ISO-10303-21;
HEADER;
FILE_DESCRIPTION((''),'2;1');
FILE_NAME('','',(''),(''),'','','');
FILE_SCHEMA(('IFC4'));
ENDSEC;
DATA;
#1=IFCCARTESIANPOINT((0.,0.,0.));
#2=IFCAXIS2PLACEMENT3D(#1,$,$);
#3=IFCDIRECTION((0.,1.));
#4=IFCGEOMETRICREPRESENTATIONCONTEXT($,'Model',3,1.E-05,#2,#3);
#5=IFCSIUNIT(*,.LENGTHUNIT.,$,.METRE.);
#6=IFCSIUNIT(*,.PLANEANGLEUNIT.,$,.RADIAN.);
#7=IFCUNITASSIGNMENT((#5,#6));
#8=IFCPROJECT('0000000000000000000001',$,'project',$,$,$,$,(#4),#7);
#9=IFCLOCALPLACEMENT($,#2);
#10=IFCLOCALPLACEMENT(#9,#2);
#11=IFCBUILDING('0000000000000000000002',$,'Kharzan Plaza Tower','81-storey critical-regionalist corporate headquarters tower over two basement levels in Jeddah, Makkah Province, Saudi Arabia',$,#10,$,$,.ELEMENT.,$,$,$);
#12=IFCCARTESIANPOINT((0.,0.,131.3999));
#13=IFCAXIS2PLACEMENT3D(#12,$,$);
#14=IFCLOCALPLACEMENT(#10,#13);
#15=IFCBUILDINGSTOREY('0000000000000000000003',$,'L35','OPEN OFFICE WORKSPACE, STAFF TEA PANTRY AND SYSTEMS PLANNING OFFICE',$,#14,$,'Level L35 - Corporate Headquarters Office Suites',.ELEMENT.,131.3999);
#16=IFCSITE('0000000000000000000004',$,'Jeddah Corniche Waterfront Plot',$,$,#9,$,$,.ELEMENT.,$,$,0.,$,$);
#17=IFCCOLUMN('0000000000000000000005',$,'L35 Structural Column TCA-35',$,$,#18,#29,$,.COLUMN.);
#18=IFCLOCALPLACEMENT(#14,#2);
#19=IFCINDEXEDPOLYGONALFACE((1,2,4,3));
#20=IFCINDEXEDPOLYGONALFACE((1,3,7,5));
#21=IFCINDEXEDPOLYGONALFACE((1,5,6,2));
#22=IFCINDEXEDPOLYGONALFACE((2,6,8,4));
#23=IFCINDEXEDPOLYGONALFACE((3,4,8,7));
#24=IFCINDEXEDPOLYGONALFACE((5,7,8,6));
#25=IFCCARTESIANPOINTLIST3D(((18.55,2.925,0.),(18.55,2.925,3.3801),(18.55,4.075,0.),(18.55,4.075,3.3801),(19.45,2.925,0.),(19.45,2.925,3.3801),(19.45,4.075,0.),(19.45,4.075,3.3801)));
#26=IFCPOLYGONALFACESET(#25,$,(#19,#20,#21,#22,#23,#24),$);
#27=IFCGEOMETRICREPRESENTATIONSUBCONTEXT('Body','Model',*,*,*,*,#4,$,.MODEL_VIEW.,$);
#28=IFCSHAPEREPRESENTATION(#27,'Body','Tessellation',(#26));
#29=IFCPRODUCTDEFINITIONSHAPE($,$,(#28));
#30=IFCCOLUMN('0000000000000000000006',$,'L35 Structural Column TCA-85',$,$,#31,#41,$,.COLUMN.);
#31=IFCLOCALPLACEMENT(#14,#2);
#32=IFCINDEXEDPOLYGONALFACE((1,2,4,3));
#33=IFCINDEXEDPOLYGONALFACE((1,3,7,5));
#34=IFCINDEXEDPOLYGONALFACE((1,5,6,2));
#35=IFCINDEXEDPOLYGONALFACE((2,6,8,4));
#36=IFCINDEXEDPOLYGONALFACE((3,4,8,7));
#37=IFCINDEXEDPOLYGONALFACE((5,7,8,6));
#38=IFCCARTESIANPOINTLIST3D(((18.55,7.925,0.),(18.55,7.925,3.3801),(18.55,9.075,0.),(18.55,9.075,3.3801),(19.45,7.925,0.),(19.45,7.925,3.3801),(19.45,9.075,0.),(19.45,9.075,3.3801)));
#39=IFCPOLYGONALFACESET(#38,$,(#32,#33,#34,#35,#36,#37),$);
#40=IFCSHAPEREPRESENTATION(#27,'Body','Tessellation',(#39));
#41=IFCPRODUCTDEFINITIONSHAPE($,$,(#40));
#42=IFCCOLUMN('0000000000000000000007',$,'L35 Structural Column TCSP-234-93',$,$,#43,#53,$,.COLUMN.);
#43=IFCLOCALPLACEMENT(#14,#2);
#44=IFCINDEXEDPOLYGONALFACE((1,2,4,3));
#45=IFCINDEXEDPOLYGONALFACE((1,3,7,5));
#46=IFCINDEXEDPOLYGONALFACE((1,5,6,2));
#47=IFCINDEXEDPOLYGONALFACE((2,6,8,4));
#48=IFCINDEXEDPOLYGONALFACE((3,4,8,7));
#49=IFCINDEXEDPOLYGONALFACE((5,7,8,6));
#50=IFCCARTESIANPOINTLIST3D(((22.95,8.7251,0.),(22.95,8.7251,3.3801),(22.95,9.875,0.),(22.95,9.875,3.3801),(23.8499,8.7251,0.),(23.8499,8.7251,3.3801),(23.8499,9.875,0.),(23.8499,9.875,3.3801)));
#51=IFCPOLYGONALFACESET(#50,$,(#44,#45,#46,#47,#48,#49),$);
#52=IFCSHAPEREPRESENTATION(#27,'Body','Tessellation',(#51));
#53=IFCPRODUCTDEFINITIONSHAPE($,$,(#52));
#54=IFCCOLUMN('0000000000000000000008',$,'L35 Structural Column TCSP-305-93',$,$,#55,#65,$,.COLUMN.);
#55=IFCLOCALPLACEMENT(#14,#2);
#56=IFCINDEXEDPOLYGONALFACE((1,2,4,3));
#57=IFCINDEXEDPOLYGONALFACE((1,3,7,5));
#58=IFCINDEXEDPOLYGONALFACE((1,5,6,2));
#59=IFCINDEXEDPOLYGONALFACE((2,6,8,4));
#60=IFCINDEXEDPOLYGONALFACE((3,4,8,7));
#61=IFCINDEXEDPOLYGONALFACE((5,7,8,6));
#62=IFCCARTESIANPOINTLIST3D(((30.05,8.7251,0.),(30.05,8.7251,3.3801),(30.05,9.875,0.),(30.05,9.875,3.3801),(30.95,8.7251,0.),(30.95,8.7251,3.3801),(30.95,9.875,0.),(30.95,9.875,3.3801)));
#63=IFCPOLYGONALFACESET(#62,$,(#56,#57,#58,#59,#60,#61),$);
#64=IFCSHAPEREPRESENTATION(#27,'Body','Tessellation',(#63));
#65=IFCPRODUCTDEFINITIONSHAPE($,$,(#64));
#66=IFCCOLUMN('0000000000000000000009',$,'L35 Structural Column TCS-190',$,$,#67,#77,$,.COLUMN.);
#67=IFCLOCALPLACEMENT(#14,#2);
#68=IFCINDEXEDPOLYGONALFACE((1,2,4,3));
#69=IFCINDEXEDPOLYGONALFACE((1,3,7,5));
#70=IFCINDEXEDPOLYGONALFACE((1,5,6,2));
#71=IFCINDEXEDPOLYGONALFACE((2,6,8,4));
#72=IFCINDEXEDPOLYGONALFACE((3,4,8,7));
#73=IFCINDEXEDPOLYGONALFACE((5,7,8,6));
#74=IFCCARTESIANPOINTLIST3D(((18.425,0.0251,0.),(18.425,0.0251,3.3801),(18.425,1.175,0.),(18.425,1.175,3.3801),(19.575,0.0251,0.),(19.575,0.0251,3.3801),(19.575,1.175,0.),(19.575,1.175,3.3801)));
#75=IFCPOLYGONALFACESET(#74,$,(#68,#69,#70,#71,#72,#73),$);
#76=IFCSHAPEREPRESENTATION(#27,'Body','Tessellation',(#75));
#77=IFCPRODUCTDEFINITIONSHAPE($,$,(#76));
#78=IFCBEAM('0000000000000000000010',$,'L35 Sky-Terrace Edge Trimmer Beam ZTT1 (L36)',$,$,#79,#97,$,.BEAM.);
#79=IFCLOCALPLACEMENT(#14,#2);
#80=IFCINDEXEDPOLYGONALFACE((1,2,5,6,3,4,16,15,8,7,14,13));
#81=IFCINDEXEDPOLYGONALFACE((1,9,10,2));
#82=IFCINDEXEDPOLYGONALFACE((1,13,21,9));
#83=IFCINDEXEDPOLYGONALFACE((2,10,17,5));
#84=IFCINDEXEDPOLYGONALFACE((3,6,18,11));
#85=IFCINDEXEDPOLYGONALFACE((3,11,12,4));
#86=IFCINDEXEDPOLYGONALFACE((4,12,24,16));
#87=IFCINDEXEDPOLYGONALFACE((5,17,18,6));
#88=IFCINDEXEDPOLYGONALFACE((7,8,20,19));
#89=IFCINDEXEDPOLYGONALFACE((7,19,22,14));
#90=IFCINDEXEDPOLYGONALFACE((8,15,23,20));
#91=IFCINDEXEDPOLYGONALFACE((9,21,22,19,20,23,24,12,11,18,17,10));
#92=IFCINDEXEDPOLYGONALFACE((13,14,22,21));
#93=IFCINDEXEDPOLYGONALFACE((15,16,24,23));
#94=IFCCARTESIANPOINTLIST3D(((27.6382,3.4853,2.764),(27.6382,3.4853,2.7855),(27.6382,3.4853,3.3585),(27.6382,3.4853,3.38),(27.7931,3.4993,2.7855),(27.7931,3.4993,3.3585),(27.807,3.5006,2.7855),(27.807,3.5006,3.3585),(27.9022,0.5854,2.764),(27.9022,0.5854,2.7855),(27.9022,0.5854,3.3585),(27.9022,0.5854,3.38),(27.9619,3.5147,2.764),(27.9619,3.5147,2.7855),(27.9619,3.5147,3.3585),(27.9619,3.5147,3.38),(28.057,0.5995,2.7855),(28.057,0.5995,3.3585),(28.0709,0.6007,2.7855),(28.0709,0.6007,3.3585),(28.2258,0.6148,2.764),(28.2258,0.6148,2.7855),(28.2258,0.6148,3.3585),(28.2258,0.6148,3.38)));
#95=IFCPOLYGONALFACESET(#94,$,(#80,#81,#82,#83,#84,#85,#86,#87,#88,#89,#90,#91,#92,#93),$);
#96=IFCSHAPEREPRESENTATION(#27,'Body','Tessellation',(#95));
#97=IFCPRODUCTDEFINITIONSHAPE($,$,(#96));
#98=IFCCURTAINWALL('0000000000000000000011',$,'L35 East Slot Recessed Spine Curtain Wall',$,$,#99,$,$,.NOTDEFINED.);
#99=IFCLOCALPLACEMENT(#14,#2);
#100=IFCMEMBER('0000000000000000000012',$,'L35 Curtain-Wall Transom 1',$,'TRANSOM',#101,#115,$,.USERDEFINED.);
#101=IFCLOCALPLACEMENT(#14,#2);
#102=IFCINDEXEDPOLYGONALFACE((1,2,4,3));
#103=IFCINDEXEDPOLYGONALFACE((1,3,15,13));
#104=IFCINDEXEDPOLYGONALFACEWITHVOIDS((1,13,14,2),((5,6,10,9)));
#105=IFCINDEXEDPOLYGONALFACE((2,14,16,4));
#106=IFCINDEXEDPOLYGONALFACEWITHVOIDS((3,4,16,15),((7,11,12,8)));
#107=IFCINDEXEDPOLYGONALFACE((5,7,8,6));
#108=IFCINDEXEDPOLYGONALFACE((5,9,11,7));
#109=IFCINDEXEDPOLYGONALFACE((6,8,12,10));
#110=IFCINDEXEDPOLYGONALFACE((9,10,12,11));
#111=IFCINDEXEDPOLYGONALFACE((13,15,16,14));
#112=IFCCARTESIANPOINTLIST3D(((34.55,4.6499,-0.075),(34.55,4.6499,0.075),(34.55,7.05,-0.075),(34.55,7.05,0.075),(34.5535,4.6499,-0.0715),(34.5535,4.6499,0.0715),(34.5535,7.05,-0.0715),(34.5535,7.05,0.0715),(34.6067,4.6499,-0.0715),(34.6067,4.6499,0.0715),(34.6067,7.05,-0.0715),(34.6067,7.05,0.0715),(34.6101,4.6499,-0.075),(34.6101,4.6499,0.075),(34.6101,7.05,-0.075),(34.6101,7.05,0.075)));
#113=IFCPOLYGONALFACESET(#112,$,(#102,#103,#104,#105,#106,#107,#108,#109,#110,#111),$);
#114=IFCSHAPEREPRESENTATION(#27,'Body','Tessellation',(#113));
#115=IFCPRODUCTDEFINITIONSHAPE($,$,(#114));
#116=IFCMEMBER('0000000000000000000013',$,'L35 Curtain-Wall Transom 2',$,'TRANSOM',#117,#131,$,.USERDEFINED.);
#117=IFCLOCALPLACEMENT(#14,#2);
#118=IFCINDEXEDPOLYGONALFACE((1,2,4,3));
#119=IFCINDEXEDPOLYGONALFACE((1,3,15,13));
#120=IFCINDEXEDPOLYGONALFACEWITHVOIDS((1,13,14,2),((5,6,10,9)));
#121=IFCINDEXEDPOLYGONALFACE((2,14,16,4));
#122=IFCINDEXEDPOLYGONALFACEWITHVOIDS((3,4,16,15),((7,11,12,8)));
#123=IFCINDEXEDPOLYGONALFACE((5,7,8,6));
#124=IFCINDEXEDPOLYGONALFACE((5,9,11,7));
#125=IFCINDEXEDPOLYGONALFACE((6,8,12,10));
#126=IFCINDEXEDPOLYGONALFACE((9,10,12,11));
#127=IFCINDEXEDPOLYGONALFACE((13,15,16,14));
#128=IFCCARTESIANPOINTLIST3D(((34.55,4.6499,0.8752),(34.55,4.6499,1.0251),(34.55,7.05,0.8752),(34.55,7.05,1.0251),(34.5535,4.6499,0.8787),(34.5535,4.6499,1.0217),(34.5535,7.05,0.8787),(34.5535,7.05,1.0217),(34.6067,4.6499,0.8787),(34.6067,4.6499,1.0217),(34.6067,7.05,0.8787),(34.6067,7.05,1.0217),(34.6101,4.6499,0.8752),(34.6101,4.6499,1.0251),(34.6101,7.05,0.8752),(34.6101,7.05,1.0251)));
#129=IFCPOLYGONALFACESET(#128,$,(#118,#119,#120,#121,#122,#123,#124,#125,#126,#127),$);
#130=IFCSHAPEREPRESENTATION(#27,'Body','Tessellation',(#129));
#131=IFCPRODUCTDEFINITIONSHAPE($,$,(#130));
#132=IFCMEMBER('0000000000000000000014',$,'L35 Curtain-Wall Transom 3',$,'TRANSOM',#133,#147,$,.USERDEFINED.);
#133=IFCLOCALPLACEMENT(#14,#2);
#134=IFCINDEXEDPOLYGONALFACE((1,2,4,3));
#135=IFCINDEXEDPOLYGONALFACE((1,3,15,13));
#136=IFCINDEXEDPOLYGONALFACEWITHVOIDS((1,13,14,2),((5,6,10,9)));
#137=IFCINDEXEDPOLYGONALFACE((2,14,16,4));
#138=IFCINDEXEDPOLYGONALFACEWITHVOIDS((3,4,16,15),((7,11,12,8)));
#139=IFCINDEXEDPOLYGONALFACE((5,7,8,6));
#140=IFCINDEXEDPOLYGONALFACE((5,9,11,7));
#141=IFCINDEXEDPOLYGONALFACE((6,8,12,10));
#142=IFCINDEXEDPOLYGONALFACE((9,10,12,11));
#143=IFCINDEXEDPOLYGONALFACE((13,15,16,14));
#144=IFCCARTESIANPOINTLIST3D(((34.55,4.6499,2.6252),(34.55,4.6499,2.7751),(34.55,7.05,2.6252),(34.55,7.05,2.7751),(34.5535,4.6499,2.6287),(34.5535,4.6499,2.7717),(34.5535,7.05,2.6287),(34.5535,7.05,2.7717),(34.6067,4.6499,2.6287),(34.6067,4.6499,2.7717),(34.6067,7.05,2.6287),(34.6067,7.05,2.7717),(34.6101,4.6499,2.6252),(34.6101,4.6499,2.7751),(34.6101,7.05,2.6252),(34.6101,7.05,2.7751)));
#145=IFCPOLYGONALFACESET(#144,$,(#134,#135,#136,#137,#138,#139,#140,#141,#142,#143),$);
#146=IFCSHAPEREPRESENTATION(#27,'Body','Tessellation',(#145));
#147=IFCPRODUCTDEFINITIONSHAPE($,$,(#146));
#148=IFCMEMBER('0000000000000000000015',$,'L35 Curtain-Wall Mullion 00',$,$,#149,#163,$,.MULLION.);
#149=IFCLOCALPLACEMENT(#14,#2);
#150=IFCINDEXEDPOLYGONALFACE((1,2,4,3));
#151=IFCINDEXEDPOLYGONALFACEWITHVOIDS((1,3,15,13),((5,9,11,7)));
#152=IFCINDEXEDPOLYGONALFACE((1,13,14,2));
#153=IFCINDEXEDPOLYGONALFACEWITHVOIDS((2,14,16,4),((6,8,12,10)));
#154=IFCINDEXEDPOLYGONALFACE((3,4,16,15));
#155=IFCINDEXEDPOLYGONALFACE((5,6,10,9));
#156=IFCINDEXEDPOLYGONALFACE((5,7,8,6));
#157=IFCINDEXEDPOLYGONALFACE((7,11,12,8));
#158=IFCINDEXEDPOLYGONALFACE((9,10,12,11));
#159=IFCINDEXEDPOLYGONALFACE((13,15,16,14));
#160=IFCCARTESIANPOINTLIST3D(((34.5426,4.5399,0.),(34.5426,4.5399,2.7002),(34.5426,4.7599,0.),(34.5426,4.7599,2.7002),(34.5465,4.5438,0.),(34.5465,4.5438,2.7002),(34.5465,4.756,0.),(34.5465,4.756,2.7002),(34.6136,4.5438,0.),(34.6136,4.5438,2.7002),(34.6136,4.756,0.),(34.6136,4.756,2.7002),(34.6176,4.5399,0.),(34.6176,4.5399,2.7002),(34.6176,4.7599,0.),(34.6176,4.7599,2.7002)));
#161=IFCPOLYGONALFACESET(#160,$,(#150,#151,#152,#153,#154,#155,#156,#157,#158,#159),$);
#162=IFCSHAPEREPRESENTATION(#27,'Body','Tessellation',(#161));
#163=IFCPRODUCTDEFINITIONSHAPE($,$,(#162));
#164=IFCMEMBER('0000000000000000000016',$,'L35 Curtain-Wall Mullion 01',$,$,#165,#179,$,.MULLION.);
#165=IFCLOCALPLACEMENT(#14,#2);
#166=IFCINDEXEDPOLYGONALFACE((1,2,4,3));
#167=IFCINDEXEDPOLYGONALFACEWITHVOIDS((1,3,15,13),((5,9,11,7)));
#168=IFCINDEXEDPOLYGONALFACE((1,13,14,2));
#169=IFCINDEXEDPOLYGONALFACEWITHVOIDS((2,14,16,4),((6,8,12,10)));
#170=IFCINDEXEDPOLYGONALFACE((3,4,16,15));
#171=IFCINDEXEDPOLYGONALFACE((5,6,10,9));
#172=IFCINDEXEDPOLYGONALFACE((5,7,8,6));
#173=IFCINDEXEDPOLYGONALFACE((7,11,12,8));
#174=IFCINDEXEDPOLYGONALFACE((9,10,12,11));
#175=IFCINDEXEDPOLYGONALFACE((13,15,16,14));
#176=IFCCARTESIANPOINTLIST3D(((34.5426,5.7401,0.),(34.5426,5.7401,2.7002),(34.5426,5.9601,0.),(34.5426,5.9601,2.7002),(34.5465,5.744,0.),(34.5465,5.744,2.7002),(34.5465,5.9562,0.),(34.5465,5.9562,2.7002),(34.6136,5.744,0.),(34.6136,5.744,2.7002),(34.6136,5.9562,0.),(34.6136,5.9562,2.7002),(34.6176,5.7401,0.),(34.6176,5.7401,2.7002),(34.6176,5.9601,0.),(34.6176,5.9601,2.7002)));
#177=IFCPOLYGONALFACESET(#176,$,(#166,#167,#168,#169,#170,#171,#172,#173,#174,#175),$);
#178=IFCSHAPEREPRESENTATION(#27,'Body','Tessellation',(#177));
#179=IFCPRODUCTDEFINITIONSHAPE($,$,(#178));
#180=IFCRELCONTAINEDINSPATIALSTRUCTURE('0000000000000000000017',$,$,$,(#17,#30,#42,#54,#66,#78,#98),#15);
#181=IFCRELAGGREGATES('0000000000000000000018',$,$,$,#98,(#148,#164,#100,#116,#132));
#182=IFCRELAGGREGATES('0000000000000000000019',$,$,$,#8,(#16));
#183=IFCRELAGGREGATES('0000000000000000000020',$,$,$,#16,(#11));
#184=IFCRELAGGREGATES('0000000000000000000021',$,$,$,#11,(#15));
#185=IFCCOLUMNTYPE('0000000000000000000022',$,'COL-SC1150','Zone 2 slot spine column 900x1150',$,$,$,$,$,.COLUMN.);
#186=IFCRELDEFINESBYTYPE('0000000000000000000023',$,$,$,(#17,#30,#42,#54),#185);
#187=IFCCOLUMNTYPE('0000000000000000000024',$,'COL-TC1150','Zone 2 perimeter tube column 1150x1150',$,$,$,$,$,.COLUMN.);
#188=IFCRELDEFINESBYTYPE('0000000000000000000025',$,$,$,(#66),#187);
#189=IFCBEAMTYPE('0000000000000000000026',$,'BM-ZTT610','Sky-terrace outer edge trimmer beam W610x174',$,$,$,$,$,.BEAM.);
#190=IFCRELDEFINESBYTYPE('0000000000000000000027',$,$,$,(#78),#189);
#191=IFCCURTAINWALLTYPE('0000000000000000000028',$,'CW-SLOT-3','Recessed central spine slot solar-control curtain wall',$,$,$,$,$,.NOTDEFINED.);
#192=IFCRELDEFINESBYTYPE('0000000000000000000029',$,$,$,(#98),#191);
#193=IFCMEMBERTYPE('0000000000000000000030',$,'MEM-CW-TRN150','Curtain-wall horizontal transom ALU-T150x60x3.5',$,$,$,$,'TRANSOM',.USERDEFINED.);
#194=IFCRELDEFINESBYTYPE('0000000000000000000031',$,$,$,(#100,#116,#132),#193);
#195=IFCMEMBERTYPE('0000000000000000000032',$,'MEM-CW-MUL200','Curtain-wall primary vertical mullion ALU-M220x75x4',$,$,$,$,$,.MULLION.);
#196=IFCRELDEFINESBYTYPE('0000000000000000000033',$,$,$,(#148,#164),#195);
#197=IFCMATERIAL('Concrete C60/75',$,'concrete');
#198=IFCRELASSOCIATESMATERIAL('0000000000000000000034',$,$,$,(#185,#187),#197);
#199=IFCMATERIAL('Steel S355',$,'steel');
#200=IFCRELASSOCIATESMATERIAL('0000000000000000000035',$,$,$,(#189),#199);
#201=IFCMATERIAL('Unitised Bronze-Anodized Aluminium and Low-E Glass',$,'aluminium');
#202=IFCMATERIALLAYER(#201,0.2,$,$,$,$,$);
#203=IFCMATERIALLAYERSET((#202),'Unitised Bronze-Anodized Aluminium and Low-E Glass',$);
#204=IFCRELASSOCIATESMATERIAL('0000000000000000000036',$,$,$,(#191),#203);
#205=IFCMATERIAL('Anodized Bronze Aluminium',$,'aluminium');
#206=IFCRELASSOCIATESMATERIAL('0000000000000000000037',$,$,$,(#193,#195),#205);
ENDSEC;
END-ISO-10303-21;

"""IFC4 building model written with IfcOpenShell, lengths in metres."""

from ifc_helpers import new_model, si_unit, direction, frame, origin, origin_2d, place, context, subcontext, project, spatial, rectangle, hollow_rectangle, i_section, extrude, source, transform, mapped, material, layer, layer_set, material_profile, profile_set, type_object, element, aggregate, save


model = new_model("IFC4")

# Units and contexts
model_context = context("Model", 3, precision=1e-05, world=origin(), true_north=direction((0.0, 1.0)))
body_context = subcontext(model_context, "Body", "Model", "MODEL_VIEW")
ifc_project = project(units=[si_unit("LENGTHUNIT", "METRE"), si_unit("PLANEANGLEUNIT", "RADIAN")], contexts=[model_context])

# Site, building, storey
site_placement = place(None, origin())
site = spatial("IfcSite", under=ifc_project, at=site_placement, Name="Jeddah Corniche Waterfront Plot", CompositionType="ELEMENT", RefElevation=0.0)
building_placement = place(site_placement, origin())
building = spatial("IfcBuilding", under=site, at=building_placement, Name="Kharzan Plaza Tower", Description="81-storey critical-regionalist corporate headquarters tower over two basement levels in Jeddah, Makkah Province, Saudi Arabia", CompositionType="ELEMENT")
storey_placement = place(building_placement, frame((0.0, 0.0, 131.3999)))
storey = spatial("IfcBuildingStorey", under=building, at=storey_placement, Name="L35", Description="OPEN OFFICE WORKSPACE, STAFF TEA PANTRY AND SYSTEMS PLANNING OFFICE", LongName="Level L35 - Corporate Headquarters Office Suites", CompositionType="ELEMENT", Elevation=131.3999)

# Columns
ifc_material_1 = material(Name="Concrete C60/75", Category="concrete")
ifc_material_profile_1 = material_profile(ifc_material_1, rectangle(XDim=0.8999, YDim=1.1499, at=origin_2d()), Name="RC-SC1150x900")
ifc_profile_set_1 = profile_set([ifc_material_profile_1], Name="Concrete C60/75")
column_type_1 = type_object("IfcColumnType", Name="COL-SC1150", Description="Zone 2 slot spine column 900x1150", PredefinedType="COLUMN", material=ifc_profile_set_1)
shared_shape_1 = source(origin(), body_context, "Body", "SweptSolid", [
    extrude(rectangle(XDim=0.8999, YDim=1.1499, at=origin_2d()), origin(), (0.0, 0.0, 1.0), 3.3801),
])
for number, where, z_axis, x_axis, name in (
    (1, (19.0, 3.5, 0.0), (0.0, 0.0, 1.0), (1.0, 0.0, 0.0), "L35 Structural Column TCA-35"),
    (2, (19.0, 8.5, 0.0), (0.0, 0.0, 1.0), (1.0, 0.0, 0.0), "L35 Structural Column TCA-85"),
    (3, (23.3999, 9.3, 0.0), (0.0, 0.0, 1.0), (1.0, 0.0, 0.0), "L35 Structural Column TCSP-234-93"),
    (4, (30.5, 9.3, 0.0), (0.0, 0.0, 1.0), (1.0, 0.0, 0.0), "L35 Structural Column TCSP-305-93"),
):
    element("IfcColumn", number, at=place(storey_placement, frame(where, z_axis=z_axis, x_axis=x_axis)), inside=storey, type_object=column_type_1, Name=name, PredefinedType="COLUMN", context=body_context, shape_type="MappedRepresentation", body=[
        mapped(shared_shape_1, transform((0.0, 0.0, 0.0), x_axis=(1.0, 0.0, 0.0), y_axis=(0.0, 1.0, 0.0), z_axis=(0.0, 0.0, 1.0))),
    ])
ifc_material_profile_2 = material_profile(ifc_material_1, rectangle(XDim=1.1499, YDim=1.1499, at=origin_2d()), Name="RC-TC1150x1150")
ifc_profile_set_2 = profile_set([ifc_material_profile_2], Name="Concrete C60/75")
column_type_2 = type_object("IfcColumnType", Name="COL-TC1150", Description="Zone 2 perimeter tube column 1150x1150", PredefinedType="COLUMN", material=ifc_profile_set_2)
shared_shape_2 = source(origin(), body_context, "Body", "SweptSolid", [
    extrude(rectangle(XDim=1.1499, YDim=1.1499, at=origin_2d()), origin(), (0.0, 0.0, 1.0), 3.3801),
])
column_placement = place(storey_placement, frame((19.0, 0.6001, 0.0), z_axis=(0.0, 0.0, 1.0), x_axis=(1.0, 0.0, 0.0)))
element("IfcColumn", 5, at=column_placement, inside=storey, type_object=column_type_2, Name="L35 Structural Column TCS-190", PredefinedType="COLUMN", context=body_context, shape_type="MappedRepresentation", body=[
    mapped(shared_shape_2, transform((0.0, 0.0, 0.0), x_axis=(1.0, 0.0, 0.0), y_axis=(0.0, 1.0, 0.0), z_axis=(0.0, 0.0, 1.0))),
])

# Beam
ifc_material_2 = material(Name="Steel S355", Category="steel")
ifc_material_profile_3 = material_profile(ifc_material_2, i_section(OverallWidth=0.325, OverallDepth=0.616, WebThickness=0.0139, FlangeThickness=0.0215, at=origin_2d()), Name="W610x174")
ifc_profile_set_3 = profile_set([ifc_material_profile_3], Name="Steel S355")
beam_type_1 = type_object("IfcBeamType", Name="BM-ZTT610", Description="Sky-terrace outer edge trimmer beam W610x174", PredefinedType="BEAM", material=ifc_profile_set_3)
shared_shape_3 = source(origin(), body_context, "Body", "SweptSolid", [
    extrude(i_section(OverallWidth=0.325, OverallDepth=0.616, WebThickness=0.0139, FlangeThickness=0.0215, at=origin_2d()), origin(), (0.0, 0.0, 1.0), 2.9119),
])
beam_1_placement = place(storey_placement, frame((28.064, 0.6001, 3.072), z_axis=(-0.090634, 0.995884, 0.0), x_axis=(-0.995884, -0.090634, 0.0)))
element("IfcBeam", 6, at=beam_1_placement, inside=storey, type_object=beam_type_1, Name="L35 Sky-Terrace Edge Trimmer Beam ZTT1 (L36)", PredefinedType="BEAM", context=body_context, shape_type="MappedRepresentation", body=[
    mapped(shared_shape_3, transform((0.0, 0.0, 0.0), x_axis=(1.0, 0.0, 0.0), y_axis=(0.0, 1.0, 0.0), z_axis=(0.0, 0.0, 1.0))),
])

# Curtain wall, members
ifc_material_3 = material(Name="Unitised Bronze-Anodized Aluminium and Low-E Glass", Category="aluminium")
ifc_layer_1 = layer(ifc_material_3, 0.2)
ifc_layer_set_1 = layer_set([ifc_layer_1], Name="Unitised Bronze-Anodized Aluminium and Low-E Glass")
curtain_wall_type = type_object("IfcCurtainWallType", Name="CW-SLOT-3", Description="Recessed central spine slot solar-control curtain wall", PredefinedType="NOTDEFINED", material=ifc_layer_set_1)
curtain_wall_placement = place(storey_placement, origin())
curtain_wall = element("IfcCurtainWall", 7, at=curtain_wall_placement, inside=storey, type_object=curtain_wall_type, Name="L35 East Slot Recessed Spine Curtain Wall", PredefinedType="NOTDEFINED")
ifc_material_4 = material(Name="Anodized Bronze Aluminium", Category="aluminium")
ifc_material_profile_4 = material_profile(ifc_material_4, hollow_rectangle(XDim=0.0601, YDim=0.1499, WallThickness=0.0034, at=origin_2d()), Name="ALU-T150x60x3.5")
ifc_profile_set_4 = profile_set([ifc_material_profile_4], Name="Anodized Bronze Aluminium")
member_type_1 = type_object("IfcMemberType", Name="MEM-CW-TRN150", Description="Curtain-wall horizontal transom ALU-T150x60x3.5", ElementType="TRANSOM", PredefinedType="USERDEFINED", material=ifc_profile_set_4)
shared_shape_4 = source(origin(), body_context, "Body", "SweptSolid", [
    extrude(hollow_rectangle(XDim=0.0601, YDim=0.1499, WallThickness=0.0034, at=origin_2d()), origin(), (0.0, 0.0, 1.0), 2.4001),
])
member_1_placement = place(storey_placement, frame((34.5801, 4.6499, 0.0), z_axis=(0.0, 1.0, 0.0), x_axis=(-1.0, 0.0, 0.0)))
member_1 = element("IfcMember", 8, at=member_1_placement, type_object=member_type_1, Name="L35 Curtain-Wall Transom 1", ObjectType="TRANSOM", PredefinedType="USERDEFINED", context=body_context, shape_type="MappedRepresentation", body=[
    mapped(shared_shape_4, transform((0.0, 0.0, 0.0), x_axis=(1.0, 0.0, 0.0), y_axis=(0.0, 1.0, 0.0), z_axis=(0.0, 0.0, 1.0))),
])
member_2_placement = place(storey_placement, frame((34.5801, 4.6499, 0.9502), z_axis=(0.0, 1.0, 0.0), x_axis=(-1.0, 0.0, 0.0)))
member_2 = element("IfcMember", 9, at=member_2_placement, type_object=member_type_1, Name="L35 Curtain-Wall Transom 2", ObjectType="TRANSOM", PredefinedType="USERDEFINED", context=body_context, shape_type="MappedRepresentation", body=[
    mapped(shared_shape_4, transform((0.0, 0.0, 0.0), x_axis=(1.0, 0.0, 0.0), y_axis=(0.0, 1.0, 0.0), z_axis=(0.0, 0.0, 1.0))),
])
member_3_placement = place(storey_placement, frame((34.5801, 4.6499, 2.7002), z_axis=(0.0, 1.0, 0.0), x_axis=(-1.0, 0.0, 0.0)))
member_3 = element("IfcMember", 10, at=member_3_placement, type_object=member_type_1, Name="L35 Curtain-Wall Transom 3", ObjectType="TRANSOM", PredefinedType="USERDEFINED", context=body_context, shape_type="MappedRepresentation", body=[
    mapped(shared_shape_4, transform((0.0, 0.0, 0.0), x_axis=(1.0, 0.0, 0.0), y_axis=(0.0, 1.0, 0.0), z_axis=(0.0, 0.0, 1.0))),
])
ifc_material_profile_5 = material_profile(ifc_material_4, hollow_rectangle(XDim=0.075, YDim=0.22, WallThickness=0.0039, at=origin_2d()), Name="ALU-M220x75x4")
ifc_profile_set_5 = profile_set([ifc_material_profile_5], Name="Anodized Bronze Aluminium")
member_type_2 = type_object("IfcMemberType", Name="MEM-CW-MUL200", Description="Curtain-wall primary vertical mullion ALU-M220x75x4", PredefinedType="MULLION", material=ifc_profile_set_5)
shared_shape_5 = source(origin(), body_context, "Body", "SweptSolid", [
    extrude(hollow_rectangle(XDim=0.075, YDim=0.22, WallThickness=0.0039, at=origin_2d()), origin(), (0.0, 0.0, 1.0), 2.7002),
])
member_4_placement = place(storey_placement, frame((34.5801, 4.6499, 0.0), z_axis=(0.0, 0.0, 1.0), x_axis=(1.0, 0.0, 0.0)))
member_4 = element("IfcMember", 11, at=member_4_placement, type_object=member_type_2, Name="L35 Curtain-Wall Mullion 00", PredefinedType="MULLION", context=body_context, shape_type="MappedRepresentation", body=[
    mapped(shared_shape_5, transform((0.0, 0.0, 0.0), x_axis=(1.0, 0.0, 0.0), y_axis=(0.0, 1.0, 0.0), z_axis=(0.0, 0.0, 1.0))),
])
member_5_placement = place(storey_placement, frame((34.5801, 5.8501, 0.0), z_axis=(0.0, 0.0, 1.0), x_axis=(1.0, 0.0, 0.0)))
member_5 = element("IfcMember", 12, at=member_5_placement, type_object=member_type_2, Name="L35 Curtain-Wall Mullion 01", PredefinedType="MULLION", context=body_context, shape_type="MappedRepresentation", body=[
    mapped(shared_shape_5, transform((0.0, 0.0, 0.0), x_axis=(1.0, 0.0, 0.0), y_axis=(0.0, 1.0, 0.0), z_axis=(0.0, 0.0, 1.0))),
])

aggregate(curtain_wall, [member_4, member_5, member_1, member_2, member_3])

save(model, "model.ifc")
